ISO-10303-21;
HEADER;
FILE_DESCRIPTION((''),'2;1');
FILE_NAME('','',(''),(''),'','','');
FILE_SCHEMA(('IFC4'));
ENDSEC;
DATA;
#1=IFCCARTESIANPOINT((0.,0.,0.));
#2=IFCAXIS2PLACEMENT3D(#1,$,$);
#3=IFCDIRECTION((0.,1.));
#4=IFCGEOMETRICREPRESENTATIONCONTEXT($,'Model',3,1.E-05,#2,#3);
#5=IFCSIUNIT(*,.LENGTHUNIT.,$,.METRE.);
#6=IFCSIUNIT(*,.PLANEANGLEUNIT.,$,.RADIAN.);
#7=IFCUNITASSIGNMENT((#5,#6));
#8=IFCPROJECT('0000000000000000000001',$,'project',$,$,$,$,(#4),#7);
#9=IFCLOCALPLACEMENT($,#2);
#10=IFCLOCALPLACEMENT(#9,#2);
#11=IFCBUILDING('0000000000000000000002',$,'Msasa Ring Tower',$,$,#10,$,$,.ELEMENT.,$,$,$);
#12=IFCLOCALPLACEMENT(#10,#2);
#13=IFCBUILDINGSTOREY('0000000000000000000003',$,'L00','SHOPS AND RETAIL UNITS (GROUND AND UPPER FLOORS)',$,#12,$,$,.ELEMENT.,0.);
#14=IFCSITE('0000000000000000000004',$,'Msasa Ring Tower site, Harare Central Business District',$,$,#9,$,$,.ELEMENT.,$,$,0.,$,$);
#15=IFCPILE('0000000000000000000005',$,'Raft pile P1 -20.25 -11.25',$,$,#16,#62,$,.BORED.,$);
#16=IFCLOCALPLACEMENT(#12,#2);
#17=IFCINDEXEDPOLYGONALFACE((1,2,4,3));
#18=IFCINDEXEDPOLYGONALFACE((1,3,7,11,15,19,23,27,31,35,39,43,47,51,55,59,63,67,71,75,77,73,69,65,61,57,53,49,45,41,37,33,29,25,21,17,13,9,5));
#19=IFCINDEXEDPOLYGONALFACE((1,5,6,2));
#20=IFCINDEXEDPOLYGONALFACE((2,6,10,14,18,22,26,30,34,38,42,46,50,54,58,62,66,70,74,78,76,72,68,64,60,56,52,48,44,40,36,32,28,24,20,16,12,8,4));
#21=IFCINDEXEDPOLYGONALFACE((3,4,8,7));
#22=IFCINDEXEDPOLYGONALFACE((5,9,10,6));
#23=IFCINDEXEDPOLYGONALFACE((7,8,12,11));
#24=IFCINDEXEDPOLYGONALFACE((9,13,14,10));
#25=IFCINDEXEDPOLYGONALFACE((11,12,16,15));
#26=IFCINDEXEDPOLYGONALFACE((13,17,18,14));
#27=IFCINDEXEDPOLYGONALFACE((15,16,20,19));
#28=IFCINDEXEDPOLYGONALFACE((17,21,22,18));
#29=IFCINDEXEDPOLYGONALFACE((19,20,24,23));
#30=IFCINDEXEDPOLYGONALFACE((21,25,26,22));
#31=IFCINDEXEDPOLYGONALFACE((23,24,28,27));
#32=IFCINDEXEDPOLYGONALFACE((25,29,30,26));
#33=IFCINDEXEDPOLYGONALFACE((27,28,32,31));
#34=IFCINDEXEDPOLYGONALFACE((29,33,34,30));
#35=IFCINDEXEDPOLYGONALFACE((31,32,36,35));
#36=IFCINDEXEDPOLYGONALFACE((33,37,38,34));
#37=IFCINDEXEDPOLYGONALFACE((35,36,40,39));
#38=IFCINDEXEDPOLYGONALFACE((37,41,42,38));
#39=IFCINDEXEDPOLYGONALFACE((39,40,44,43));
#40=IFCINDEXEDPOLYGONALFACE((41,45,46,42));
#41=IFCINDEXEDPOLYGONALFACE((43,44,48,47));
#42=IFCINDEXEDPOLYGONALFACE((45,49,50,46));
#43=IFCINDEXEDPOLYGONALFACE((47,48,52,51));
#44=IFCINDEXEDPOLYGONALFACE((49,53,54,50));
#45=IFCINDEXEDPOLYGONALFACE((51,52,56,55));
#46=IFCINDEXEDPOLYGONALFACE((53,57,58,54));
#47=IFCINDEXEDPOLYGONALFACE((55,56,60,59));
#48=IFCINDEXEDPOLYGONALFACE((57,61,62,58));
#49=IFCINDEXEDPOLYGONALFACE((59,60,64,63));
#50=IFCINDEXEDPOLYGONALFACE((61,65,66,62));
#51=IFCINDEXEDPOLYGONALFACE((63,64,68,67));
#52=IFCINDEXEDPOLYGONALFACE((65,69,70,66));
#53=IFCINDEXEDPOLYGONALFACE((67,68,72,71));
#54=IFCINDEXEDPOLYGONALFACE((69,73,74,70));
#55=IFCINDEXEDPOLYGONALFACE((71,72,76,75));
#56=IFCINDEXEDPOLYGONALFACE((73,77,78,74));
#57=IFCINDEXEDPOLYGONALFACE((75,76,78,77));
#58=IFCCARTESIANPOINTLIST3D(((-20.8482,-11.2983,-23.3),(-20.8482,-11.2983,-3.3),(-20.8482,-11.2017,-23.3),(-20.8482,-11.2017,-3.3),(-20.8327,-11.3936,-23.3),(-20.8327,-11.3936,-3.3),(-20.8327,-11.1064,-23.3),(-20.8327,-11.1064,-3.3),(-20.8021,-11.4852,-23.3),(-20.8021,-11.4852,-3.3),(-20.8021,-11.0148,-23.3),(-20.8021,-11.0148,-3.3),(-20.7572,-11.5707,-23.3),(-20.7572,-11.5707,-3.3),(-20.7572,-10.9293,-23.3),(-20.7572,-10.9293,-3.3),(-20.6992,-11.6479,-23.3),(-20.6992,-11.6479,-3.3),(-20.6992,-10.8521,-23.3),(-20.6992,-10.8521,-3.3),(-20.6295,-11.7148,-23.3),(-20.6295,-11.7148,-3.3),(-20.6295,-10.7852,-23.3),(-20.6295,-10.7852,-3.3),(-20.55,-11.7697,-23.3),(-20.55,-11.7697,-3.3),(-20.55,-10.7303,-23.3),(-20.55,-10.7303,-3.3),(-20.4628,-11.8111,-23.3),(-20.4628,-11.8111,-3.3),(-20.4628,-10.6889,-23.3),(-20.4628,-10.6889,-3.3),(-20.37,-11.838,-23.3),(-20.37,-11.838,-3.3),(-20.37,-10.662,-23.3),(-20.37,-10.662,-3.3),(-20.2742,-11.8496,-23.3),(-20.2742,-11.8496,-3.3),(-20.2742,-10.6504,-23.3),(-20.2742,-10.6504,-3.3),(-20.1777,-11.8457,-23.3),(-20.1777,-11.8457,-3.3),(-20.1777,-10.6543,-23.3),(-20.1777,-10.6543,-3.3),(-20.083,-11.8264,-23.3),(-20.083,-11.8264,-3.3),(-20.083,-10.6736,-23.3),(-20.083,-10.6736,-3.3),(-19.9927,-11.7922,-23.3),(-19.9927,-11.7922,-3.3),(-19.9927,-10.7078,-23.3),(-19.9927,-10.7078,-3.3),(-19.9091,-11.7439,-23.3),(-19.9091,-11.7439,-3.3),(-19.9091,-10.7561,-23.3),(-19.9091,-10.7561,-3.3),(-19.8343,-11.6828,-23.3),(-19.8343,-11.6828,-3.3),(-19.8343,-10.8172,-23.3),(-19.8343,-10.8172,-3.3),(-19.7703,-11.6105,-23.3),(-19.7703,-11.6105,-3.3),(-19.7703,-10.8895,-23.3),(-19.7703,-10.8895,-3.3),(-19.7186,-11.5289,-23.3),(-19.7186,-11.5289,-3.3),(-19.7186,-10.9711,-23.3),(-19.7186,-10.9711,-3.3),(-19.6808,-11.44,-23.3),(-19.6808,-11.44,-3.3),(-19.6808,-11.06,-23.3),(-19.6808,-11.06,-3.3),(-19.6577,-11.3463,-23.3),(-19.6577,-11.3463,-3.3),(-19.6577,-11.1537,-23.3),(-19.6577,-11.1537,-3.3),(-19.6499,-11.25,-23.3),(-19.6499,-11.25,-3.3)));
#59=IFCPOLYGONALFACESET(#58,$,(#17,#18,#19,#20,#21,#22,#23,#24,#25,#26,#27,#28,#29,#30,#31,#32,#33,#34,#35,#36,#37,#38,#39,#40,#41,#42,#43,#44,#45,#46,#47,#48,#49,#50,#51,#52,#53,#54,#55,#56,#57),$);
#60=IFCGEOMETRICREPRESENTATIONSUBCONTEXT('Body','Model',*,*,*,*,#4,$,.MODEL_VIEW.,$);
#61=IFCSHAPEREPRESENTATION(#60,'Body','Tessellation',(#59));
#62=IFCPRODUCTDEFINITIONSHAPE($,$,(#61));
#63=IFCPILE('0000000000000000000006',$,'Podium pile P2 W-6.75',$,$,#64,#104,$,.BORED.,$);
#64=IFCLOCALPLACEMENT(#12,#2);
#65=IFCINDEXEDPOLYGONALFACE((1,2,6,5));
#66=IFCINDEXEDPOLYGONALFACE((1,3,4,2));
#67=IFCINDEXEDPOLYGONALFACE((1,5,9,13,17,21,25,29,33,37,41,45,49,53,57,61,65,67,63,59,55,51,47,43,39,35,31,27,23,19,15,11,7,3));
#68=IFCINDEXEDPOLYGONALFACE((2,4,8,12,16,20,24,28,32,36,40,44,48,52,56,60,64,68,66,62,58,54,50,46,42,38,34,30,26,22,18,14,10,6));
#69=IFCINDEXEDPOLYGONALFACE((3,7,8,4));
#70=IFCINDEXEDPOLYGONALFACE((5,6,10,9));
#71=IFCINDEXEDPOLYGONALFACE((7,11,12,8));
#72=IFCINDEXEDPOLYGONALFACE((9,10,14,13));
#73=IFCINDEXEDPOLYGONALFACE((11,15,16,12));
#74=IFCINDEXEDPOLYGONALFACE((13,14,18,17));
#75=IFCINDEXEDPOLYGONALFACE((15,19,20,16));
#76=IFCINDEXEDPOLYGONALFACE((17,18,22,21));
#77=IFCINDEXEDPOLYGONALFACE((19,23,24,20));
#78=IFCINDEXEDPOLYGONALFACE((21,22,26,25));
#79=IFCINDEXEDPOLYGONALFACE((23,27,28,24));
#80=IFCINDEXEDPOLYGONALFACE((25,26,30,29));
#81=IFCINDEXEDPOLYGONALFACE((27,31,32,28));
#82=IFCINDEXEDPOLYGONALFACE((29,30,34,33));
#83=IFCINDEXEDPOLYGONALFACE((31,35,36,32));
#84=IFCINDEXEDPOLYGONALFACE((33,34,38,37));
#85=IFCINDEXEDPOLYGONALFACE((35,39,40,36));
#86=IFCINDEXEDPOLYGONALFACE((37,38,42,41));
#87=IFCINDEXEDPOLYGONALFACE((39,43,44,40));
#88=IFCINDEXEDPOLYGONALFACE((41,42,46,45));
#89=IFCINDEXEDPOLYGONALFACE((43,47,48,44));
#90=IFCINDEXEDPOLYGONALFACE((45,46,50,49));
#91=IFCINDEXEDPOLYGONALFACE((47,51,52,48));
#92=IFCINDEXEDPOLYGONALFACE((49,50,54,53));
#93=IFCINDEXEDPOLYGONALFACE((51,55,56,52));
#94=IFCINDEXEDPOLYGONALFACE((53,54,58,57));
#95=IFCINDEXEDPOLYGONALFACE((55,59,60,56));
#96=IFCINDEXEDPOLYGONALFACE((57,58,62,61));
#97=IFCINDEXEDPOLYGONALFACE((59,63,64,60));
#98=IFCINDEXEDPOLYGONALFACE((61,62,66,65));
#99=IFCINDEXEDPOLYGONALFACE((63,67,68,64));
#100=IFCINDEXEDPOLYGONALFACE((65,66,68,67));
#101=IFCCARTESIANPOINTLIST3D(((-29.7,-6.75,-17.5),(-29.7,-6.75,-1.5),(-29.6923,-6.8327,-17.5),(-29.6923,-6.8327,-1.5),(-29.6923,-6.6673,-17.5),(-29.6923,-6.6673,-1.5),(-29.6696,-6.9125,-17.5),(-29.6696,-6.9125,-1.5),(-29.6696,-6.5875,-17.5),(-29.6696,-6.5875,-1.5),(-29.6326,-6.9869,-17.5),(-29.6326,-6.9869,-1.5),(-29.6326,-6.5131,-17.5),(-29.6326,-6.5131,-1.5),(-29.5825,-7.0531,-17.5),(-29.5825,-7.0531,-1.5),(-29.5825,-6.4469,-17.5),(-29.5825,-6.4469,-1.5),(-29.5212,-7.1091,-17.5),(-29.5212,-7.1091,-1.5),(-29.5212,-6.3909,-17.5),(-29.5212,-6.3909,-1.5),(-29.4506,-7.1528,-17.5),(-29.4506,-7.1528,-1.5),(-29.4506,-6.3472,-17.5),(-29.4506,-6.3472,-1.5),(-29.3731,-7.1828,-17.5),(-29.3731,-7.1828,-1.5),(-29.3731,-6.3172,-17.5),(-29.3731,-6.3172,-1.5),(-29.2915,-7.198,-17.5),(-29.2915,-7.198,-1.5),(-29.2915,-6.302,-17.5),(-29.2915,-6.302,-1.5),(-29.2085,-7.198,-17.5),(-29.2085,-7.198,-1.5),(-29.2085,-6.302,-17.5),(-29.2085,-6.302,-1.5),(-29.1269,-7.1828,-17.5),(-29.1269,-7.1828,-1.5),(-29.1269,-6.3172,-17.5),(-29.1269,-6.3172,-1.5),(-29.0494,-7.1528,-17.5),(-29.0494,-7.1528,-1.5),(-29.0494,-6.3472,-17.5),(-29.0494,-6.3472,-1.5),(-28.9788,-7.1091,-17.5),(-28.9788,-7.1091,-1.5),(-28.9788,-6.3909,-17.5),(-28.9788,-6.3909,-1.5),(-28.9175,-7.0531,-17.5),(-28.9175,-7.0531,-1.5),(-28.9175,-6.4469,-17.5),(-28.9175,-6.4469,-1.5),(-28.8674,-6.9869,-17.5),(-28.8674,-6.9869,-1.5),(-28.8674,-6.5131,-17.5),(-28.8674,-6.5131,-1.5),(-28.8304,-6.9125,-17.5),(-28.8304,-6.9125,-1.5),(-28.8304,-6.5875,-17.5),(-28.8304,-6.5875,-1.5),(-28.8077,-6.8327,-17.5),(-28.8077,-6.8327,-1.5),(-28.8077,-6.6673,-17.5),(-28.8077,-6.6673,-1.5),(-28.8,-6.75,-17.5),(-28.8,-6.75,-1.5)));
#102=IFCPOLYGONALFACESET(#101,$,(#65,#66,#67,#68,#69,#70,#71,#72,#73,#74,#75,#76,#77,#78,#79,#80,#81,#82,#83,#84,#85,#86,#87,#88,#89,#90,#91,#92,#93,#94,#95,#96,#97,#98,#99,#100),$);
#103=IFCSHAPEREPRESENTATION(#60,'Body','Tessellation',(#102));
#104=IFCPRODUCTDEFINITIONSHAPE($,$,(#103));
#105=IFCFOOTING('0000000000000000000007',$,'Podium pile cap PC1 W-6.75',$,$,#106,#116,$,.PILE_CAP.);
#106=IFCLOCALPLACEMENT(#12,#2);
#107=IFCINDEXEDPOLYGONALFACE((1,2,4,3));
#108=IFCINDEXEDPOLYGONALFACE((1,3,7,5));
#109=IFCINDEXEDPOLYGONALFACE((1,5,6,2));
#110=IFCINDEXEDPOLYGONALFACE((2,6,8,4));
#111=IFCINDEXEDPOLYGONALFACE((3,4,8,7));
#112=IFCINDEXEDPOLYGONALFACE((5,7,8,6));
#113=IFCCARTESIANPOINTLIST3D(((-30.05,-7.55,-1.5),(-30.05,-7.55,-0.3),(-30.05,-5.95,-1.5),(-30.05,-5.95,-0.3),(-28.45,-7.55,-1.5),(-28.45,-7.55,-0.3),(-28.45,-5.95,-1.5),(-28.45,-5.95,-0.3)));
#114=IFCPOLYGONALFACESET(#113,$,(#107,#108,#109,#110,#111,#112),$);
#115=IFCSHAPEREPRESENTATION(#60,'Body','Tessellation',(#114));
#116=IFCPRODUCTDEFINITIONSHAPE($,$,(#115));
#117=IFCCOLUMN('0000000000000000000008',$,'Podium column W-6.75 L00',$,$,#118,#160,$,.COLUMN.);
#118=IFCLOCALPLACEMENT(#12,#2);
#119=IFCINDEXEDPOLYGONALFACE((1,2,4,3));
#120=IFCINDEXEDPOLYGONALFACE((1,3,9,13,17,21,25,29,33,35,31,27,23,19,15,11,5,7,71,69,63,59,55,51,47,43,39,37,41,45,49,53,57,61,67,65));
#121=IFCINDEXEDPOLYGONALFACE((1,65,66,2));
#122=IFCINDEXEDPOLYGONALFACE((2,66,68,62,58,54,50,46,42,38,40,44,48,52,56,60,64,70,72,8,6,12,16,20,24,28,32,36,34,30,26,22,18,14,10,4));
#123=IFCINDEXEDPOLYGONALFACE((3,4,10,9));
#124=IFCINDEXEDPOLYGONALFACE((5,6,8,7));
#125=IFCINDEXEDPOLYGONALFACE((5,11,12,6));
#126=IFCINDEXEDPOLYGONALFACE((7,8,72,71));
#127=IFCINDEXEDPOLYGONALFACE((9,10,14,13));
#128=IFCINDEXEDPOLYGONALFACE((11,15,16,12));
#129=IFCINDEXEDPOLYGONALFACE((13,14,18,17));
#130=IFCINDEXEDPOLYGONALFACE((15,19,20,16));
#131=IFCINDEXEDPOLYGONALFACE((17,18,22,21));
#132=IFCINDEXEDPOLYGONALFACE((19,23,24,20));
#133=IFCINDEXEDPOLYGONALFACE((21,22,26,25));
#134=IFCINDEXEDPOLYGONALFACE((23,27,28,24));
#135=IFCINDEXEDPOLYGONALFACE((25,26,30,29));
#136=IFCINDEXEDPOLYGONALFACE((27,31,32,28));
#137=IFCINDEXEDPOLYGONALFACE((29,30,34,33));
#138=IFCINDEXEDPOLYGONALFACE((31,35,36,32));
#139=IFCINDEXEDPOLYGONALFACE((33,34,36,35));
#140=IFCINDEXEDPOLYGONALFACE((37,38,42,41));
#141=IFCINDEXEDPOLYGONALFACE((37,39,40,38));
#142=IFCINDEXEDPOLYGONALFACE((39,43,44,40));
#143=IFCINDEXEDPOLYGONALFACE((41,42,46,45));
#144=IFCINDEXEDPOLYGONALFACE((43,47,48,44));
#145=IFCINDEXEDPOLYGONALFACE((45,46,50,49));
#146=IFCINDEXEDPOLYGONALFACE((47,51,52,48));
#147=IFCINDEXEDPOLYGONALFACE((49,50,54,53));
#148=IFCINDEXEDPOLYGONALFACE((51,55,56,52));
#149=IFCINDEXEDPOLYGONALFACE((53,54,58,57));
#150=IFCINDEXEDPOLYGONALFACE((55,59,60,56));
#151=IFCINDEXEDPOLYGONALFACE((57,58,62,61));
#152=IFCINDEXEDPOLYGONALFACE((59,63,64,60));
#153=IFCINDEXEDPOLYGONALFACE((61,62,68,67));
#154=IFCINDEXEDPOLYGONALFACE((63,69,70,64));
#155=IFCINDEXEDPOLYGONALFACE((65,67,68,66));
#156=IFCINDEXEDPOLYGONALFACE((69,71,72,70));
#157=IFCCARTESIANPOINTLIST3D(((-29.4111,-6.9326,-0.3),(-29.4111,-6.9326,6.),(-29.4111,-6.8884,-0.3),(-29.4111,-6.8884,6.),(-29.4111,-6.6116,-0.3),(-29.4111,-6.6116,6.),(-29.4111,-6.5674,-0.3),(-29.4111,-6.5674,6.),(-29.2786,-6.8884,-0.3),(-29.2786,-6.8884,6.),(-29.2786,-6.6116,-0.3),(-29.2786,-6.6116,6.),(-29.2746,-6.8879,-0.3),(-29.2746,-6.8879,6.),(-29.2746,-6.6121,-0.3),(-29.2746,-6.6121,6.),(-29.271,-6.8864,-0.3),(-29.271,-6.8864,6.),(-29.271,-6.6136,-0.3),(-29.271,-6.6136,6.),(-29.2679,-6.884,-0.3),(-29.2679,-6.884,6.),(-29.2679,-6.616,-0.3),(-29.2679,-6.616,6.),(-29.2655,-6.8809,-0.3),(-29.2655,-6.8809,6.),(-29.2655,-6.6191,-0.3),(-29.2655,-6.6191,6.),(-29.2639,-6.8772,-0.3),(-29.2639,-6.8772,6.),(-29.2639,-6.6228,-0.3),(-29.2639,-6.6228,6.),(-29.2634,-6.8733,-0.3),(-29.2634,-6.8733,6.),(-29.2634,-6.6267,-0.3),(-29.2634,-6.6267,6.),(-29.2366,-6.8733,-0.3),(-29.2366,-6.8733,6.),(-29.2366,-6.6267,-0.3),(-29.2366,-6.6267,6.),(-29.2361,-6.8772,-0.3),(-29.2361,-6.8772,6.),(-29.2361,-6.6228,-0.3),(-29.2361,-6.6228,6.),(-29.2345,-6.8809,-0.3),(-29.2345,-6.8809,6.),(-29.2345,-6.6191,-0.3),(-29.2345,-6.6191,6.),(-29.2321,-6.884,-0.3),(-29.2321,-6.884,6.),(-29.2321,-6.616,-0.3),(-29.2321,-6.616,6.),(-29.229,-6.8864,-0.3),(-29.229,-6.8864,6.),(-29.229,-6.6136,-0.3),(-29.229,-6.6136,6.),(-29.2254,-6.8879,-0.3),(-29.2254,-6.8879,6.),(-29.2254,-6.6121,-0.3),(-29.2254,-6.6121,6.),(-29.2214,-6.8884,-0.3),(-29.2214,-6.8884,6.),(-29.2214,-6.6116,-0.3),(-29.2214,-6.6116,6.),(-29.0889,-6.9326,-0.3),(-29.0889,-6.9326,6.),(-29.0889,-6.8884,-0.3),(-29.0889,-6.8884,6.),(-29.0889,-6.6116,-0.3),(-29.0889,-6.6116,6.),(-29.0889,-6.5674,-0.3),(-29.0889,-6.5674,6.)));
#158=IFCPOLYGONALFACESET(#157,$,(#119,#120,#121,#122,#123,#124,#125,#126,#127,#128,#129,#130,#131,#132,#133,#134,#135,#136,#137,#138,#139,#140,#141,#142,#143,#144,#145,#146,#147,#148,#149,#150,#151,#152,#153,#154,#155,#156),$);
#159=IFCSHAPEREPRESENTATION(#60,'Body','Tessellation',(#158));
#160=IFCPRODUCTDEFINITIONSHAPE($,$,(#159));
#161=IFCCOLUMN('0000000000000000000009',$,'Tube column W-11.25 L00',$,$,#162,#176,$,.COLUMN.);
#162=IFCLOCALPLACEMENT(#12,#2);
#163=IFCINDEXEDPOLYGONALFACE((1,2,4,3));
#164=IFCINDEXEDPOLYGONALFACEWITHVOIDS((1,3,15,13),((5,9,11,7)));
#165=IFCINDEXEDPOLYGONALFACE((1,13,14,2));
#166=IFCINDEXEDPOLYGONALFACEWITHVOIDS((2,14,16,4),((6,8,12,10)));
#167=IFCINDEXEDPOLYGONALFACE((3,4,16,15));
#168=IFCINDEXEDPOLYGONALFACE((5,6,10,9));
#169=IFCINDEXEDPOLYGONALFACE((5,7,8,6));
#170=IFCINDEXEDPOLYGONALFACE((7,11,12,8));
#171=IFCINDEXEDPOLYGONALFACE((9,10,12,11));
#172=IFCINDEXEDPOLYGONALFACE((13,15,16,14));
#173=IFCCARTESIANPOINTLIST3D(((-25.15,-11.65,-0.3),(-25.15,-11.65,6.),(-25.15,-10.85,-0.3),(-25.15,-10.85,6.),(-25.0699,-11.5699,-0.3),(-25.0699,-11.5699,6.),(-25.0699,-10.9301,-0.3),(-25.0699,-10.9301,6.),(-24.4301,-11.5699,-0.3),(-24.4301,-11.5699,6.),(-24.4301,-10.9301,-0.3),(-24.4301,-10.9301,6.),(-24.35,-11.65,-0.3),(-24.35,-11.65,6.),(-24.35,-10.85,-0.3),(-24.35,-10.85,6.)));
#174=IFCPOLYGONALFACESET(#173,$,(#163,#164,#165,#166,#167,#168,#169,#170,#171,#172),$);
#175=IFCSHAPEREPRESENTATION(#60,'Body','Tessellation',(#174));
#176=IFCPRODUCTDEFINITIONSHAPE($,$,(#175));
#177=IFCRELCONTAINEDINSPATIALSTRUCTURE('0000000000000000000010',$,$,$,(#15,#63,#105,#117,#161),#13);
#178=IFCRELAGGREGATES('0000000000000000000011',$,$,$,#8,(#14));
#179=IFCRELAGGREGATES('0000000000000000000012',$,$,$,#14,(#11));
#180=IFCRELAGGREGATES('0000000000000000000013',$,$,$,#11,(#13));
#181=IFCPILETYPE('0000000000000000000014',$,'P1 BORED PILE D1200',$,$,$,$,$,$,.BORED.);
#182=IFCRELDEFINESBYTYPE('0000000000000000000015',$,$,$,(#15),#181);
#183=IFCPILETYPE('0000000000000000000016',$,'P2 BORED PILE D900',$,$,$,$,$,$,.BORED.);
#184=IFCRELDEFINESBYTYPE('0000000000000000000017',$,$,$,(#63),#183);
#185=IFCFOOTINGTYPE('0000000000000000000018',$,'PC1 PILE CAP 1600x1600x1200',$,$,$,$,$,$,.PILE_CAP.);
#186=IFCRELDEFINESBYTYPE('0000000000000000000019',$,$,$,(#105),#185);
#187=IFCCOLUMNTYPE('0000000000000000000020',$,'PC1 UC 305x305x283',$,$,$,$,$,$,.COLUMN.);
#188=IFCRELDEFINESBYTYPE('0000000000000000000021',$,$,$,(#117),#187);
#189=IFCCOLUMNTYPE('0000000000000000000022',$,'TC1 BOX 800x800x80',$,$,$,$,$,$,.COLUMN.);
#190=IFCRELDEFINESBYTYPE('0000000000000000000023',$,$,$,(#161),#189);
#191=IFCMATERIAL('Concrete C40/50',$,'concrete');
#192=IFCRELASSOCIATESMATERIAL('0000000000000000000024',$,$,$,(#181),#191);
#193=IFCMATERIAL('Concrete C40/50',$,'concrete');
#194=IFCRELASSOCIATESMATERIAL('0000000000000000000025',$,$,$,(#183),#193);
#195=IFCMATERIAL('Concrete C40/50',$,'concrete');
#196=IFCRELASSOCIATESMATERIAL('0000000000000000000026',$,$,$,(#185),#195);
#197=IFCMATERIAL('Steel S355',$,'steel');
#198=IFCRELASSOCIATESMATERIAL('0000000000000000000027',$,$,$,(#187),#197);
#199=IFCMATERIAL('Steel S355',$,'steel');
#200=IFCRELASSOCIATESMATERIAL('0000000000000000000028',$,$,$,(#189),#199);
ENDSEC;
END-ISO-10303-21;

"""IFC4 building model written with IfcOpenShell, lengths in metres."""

from ifc_helpers import new_model, si_unit, direction, frame, origin, origin_2d, place, context, subcontext, project, spatial, rectangle, hollow_rectangle, circle, i_section, extrude, material, material_profile, profile_set, type_object, element, save


model = new_model("IFC4")

# Units and contexts
model_context = context("Model", 3, precision=1e-05, world=origin(), true_north=direction((0.0, 1.0)))
body_context = subcontext(model_context, "Body", "Model", "MODEL_VIEW")
ifc_project = project(units=[si_unit("LENGTHUNIT", "METRE"), si_unit("PLANEANGLEUNIT", "RADIAN")], contexts=[model_context])

# Site, building, storey
site_placement = place(None, origin())
site = spatial("IfcSite", under=ifc_project, at=site_placement, Name="Msasa Ring Tower site, Harare Central Business District", CompositionType="ELEMENT", RefElevation=0.0)
building_placement = place(site_placement, origin())
building = spatial("IfcBuilding", under=site, at=building_placement, Name="Msasa Ring Tower", CompositionType="ELEMENT")
storey_placement = place(building_placement, origin())
storey = spatial("IfcBuildingStorey", under=building, at=storey_placement, Name="L00", Description="SHOPS AND RETAIL UNITS (GROUND AND UPPER FLOORS)", CompositionType="ELEMENT", Elevation=0.0)

# Piles
ifc_material_1 = material(Name="Concrete C40/50", Category="concrete")
ifc_material_profile_1 = material_profile(ifc_material_1, circle(Radius=0.6001, at=origin_2d()), Name="D1200")
ifc_profile_set_1 = profile_set([ifc_material_profile_1], Name="Concrete C40/50")
pile_type_1 = type_object("IfcPileType", Name="P1 BORED PILE D1200", PredefinedType="BORED", material=ifc_profile_set_1)
pile_1_placement = place(storey_placement, frame((-20.25, -11.25, -3.3), z_axis=(0.0, 0.0, -1.0), x_axis=(1.0, 0.0, 0.0)))
element("IfcPile", 1, at=pile_1_placement, inside=storey, type_object=pile_type_1, Name="Raft pile P1 -20.25 -11.25", PredefinedType="BORED", context=body_context, shape_type="SweptSolid", body=[
    extrude(circle(Radius=0.6001, at=origin_2d()), origin(), (0.0, 0.0, 1.0), 20.0),
])
ifc_material_2 = material(Name="Concrete C40/50", Category="concrete")
ifc_material_profile_2 = material_profile(ifc_material_2, circle(Radius=0.45, at=origin_2d()), Name="D900")
ifc_profile_set_2 = profile_set([ifc_material_profile_2], Name="Concrete C40/50")
pile_type_2 = type_object("IfcPileType", Name="P2 BORED PILE D900", PredefinedType="BORED", material=ifc_profile_set_2)
pile_2_placement = place(storey_placement, frame((-29.25, -6.75, -1.5), z_axis=(0.0, 0.0, -1.0), x_axis=(1.0, 0.0, 0.0)))
element("IfcPile", 2, at=pile_2_placement, inside=storey, type_object=pile_type_2, Name="Podium pile P2 W-6.75", PredefinedType="BORED", context=body_context, shape_type="SweptSolid", body=[
    extrude(circle(Radius=0.45, at=origin_2d()), origin(), (0.0, 0.0, 1.0), 16.0),
])

# Footing
ifc_material_3 = material(Name="Concrete C40/50", Category="concrete")
footing_type = type_object("IfcFootingType", Name="PC1 PILE CAP 1600x1600x1200", PredefinedType="PILE_CAP", material=ifc_material_3)
footing_placement = place(storey_placement, frame((-29.25, -6.75, -1.5), z_axis=(0.0, 0.0, 1.0), x_axis=(1.0, 0.0, 0.0)))
element("IfcFooting", 3, at=footing_placement, inside=storey, type_object=footing_type, Name="Podium pile cap PC1 W-6.75", PredefinedType="PILE_CAP", context=body_context, shape_type="SweptSolid", body=[
    extrude(rectangle(XDim=1.6001, YDim=1.6001, at=origin_2d()), origin(), (0.0, 0.0, 1.0), 1.2),
])

# Columns
ifc_material_4 = material(Name="Steel S355", Category="steel")
ifc_material_profile_3 = material_profile(ifc_material_4, i_section(OverallWidth=0.3223, OverallDepth=0.3652, WebThickness=0.0269, FlangeThickness=0.0442, FilletRadius=0.0151, at=origin_2d()), Name="UC 305x305x283")
ifc_profile_set_3 = profile_set([ifc_material_profile_3], Name="Steel S355")
column_type_1 = type_object("IfcColumnType", Name="PC1 UC 305x305x283", PredefinedType="COLUMN", material=ifc_profile_set_3)
column_1_placement = place(storey_placement, frame((-29.25, -6.75, -0.3), z_axis=(0.0, 0.0, 1.0), x_axis=(1.0, 0.0, 0.0)))
element("IfcColumn", 4, at=column_1_placement, inside=storey, type_object=column_type_1, Name="Podium column W-6.75 L00", PredefinedType="COLUMN", context=body_context, shape_type="SweptSolid", body=[
    extrude(i_section(OverallWidth=0.3223, OverallDepth=0.3652, WebThickness=0.0269, FlangeThickness=0.0442, FilletRadius=0.0151, at=origin_2d()), origin(), (0.0, 0.0, 1.0), 6.3),
])
ifc_material_5 = material(Name="Steel S355", Category="steel")
ifc_material_profile_4 = material_profile(ifc_material_5, hollow_rectangle(XDim=0.8, YDim=0.8, WallThickness=0.0801, at=origin_2d()), Name="BOX 800x800x80")
ifc_profile_set_4 = profile_set([ifc_material_profile_4], Name="Steel S355")
column_type_2 = type_object("IfcColumnType", Name="TC1 BOX 800x800x80", PredefinedType="COLUMN", material=ifc_profile_set_4)
column_2_placement = place(storey_placement, frame((-24.75, -11.25, -0.3), z_axis=(0.0, 0.0, 1.0), x_axis=(1.0, 0.0, 0.0)))
element("IfcColumn", 5, at=column_2_placement, inside=storey, type_object=column_type_2, Name="Tube column W-11.25 L00", PredefinedType="COLUMN", context=body_context, shape_type="SweptSolid", body=[
    extrude(hollow_rectangle(XDim=0.8, YDim=0.8, WallThickness=0.0801, at=origin_2d()), origin(), (0.0, 0.0, 1.0), 6.3),
])

save(model, "model.ifc")
